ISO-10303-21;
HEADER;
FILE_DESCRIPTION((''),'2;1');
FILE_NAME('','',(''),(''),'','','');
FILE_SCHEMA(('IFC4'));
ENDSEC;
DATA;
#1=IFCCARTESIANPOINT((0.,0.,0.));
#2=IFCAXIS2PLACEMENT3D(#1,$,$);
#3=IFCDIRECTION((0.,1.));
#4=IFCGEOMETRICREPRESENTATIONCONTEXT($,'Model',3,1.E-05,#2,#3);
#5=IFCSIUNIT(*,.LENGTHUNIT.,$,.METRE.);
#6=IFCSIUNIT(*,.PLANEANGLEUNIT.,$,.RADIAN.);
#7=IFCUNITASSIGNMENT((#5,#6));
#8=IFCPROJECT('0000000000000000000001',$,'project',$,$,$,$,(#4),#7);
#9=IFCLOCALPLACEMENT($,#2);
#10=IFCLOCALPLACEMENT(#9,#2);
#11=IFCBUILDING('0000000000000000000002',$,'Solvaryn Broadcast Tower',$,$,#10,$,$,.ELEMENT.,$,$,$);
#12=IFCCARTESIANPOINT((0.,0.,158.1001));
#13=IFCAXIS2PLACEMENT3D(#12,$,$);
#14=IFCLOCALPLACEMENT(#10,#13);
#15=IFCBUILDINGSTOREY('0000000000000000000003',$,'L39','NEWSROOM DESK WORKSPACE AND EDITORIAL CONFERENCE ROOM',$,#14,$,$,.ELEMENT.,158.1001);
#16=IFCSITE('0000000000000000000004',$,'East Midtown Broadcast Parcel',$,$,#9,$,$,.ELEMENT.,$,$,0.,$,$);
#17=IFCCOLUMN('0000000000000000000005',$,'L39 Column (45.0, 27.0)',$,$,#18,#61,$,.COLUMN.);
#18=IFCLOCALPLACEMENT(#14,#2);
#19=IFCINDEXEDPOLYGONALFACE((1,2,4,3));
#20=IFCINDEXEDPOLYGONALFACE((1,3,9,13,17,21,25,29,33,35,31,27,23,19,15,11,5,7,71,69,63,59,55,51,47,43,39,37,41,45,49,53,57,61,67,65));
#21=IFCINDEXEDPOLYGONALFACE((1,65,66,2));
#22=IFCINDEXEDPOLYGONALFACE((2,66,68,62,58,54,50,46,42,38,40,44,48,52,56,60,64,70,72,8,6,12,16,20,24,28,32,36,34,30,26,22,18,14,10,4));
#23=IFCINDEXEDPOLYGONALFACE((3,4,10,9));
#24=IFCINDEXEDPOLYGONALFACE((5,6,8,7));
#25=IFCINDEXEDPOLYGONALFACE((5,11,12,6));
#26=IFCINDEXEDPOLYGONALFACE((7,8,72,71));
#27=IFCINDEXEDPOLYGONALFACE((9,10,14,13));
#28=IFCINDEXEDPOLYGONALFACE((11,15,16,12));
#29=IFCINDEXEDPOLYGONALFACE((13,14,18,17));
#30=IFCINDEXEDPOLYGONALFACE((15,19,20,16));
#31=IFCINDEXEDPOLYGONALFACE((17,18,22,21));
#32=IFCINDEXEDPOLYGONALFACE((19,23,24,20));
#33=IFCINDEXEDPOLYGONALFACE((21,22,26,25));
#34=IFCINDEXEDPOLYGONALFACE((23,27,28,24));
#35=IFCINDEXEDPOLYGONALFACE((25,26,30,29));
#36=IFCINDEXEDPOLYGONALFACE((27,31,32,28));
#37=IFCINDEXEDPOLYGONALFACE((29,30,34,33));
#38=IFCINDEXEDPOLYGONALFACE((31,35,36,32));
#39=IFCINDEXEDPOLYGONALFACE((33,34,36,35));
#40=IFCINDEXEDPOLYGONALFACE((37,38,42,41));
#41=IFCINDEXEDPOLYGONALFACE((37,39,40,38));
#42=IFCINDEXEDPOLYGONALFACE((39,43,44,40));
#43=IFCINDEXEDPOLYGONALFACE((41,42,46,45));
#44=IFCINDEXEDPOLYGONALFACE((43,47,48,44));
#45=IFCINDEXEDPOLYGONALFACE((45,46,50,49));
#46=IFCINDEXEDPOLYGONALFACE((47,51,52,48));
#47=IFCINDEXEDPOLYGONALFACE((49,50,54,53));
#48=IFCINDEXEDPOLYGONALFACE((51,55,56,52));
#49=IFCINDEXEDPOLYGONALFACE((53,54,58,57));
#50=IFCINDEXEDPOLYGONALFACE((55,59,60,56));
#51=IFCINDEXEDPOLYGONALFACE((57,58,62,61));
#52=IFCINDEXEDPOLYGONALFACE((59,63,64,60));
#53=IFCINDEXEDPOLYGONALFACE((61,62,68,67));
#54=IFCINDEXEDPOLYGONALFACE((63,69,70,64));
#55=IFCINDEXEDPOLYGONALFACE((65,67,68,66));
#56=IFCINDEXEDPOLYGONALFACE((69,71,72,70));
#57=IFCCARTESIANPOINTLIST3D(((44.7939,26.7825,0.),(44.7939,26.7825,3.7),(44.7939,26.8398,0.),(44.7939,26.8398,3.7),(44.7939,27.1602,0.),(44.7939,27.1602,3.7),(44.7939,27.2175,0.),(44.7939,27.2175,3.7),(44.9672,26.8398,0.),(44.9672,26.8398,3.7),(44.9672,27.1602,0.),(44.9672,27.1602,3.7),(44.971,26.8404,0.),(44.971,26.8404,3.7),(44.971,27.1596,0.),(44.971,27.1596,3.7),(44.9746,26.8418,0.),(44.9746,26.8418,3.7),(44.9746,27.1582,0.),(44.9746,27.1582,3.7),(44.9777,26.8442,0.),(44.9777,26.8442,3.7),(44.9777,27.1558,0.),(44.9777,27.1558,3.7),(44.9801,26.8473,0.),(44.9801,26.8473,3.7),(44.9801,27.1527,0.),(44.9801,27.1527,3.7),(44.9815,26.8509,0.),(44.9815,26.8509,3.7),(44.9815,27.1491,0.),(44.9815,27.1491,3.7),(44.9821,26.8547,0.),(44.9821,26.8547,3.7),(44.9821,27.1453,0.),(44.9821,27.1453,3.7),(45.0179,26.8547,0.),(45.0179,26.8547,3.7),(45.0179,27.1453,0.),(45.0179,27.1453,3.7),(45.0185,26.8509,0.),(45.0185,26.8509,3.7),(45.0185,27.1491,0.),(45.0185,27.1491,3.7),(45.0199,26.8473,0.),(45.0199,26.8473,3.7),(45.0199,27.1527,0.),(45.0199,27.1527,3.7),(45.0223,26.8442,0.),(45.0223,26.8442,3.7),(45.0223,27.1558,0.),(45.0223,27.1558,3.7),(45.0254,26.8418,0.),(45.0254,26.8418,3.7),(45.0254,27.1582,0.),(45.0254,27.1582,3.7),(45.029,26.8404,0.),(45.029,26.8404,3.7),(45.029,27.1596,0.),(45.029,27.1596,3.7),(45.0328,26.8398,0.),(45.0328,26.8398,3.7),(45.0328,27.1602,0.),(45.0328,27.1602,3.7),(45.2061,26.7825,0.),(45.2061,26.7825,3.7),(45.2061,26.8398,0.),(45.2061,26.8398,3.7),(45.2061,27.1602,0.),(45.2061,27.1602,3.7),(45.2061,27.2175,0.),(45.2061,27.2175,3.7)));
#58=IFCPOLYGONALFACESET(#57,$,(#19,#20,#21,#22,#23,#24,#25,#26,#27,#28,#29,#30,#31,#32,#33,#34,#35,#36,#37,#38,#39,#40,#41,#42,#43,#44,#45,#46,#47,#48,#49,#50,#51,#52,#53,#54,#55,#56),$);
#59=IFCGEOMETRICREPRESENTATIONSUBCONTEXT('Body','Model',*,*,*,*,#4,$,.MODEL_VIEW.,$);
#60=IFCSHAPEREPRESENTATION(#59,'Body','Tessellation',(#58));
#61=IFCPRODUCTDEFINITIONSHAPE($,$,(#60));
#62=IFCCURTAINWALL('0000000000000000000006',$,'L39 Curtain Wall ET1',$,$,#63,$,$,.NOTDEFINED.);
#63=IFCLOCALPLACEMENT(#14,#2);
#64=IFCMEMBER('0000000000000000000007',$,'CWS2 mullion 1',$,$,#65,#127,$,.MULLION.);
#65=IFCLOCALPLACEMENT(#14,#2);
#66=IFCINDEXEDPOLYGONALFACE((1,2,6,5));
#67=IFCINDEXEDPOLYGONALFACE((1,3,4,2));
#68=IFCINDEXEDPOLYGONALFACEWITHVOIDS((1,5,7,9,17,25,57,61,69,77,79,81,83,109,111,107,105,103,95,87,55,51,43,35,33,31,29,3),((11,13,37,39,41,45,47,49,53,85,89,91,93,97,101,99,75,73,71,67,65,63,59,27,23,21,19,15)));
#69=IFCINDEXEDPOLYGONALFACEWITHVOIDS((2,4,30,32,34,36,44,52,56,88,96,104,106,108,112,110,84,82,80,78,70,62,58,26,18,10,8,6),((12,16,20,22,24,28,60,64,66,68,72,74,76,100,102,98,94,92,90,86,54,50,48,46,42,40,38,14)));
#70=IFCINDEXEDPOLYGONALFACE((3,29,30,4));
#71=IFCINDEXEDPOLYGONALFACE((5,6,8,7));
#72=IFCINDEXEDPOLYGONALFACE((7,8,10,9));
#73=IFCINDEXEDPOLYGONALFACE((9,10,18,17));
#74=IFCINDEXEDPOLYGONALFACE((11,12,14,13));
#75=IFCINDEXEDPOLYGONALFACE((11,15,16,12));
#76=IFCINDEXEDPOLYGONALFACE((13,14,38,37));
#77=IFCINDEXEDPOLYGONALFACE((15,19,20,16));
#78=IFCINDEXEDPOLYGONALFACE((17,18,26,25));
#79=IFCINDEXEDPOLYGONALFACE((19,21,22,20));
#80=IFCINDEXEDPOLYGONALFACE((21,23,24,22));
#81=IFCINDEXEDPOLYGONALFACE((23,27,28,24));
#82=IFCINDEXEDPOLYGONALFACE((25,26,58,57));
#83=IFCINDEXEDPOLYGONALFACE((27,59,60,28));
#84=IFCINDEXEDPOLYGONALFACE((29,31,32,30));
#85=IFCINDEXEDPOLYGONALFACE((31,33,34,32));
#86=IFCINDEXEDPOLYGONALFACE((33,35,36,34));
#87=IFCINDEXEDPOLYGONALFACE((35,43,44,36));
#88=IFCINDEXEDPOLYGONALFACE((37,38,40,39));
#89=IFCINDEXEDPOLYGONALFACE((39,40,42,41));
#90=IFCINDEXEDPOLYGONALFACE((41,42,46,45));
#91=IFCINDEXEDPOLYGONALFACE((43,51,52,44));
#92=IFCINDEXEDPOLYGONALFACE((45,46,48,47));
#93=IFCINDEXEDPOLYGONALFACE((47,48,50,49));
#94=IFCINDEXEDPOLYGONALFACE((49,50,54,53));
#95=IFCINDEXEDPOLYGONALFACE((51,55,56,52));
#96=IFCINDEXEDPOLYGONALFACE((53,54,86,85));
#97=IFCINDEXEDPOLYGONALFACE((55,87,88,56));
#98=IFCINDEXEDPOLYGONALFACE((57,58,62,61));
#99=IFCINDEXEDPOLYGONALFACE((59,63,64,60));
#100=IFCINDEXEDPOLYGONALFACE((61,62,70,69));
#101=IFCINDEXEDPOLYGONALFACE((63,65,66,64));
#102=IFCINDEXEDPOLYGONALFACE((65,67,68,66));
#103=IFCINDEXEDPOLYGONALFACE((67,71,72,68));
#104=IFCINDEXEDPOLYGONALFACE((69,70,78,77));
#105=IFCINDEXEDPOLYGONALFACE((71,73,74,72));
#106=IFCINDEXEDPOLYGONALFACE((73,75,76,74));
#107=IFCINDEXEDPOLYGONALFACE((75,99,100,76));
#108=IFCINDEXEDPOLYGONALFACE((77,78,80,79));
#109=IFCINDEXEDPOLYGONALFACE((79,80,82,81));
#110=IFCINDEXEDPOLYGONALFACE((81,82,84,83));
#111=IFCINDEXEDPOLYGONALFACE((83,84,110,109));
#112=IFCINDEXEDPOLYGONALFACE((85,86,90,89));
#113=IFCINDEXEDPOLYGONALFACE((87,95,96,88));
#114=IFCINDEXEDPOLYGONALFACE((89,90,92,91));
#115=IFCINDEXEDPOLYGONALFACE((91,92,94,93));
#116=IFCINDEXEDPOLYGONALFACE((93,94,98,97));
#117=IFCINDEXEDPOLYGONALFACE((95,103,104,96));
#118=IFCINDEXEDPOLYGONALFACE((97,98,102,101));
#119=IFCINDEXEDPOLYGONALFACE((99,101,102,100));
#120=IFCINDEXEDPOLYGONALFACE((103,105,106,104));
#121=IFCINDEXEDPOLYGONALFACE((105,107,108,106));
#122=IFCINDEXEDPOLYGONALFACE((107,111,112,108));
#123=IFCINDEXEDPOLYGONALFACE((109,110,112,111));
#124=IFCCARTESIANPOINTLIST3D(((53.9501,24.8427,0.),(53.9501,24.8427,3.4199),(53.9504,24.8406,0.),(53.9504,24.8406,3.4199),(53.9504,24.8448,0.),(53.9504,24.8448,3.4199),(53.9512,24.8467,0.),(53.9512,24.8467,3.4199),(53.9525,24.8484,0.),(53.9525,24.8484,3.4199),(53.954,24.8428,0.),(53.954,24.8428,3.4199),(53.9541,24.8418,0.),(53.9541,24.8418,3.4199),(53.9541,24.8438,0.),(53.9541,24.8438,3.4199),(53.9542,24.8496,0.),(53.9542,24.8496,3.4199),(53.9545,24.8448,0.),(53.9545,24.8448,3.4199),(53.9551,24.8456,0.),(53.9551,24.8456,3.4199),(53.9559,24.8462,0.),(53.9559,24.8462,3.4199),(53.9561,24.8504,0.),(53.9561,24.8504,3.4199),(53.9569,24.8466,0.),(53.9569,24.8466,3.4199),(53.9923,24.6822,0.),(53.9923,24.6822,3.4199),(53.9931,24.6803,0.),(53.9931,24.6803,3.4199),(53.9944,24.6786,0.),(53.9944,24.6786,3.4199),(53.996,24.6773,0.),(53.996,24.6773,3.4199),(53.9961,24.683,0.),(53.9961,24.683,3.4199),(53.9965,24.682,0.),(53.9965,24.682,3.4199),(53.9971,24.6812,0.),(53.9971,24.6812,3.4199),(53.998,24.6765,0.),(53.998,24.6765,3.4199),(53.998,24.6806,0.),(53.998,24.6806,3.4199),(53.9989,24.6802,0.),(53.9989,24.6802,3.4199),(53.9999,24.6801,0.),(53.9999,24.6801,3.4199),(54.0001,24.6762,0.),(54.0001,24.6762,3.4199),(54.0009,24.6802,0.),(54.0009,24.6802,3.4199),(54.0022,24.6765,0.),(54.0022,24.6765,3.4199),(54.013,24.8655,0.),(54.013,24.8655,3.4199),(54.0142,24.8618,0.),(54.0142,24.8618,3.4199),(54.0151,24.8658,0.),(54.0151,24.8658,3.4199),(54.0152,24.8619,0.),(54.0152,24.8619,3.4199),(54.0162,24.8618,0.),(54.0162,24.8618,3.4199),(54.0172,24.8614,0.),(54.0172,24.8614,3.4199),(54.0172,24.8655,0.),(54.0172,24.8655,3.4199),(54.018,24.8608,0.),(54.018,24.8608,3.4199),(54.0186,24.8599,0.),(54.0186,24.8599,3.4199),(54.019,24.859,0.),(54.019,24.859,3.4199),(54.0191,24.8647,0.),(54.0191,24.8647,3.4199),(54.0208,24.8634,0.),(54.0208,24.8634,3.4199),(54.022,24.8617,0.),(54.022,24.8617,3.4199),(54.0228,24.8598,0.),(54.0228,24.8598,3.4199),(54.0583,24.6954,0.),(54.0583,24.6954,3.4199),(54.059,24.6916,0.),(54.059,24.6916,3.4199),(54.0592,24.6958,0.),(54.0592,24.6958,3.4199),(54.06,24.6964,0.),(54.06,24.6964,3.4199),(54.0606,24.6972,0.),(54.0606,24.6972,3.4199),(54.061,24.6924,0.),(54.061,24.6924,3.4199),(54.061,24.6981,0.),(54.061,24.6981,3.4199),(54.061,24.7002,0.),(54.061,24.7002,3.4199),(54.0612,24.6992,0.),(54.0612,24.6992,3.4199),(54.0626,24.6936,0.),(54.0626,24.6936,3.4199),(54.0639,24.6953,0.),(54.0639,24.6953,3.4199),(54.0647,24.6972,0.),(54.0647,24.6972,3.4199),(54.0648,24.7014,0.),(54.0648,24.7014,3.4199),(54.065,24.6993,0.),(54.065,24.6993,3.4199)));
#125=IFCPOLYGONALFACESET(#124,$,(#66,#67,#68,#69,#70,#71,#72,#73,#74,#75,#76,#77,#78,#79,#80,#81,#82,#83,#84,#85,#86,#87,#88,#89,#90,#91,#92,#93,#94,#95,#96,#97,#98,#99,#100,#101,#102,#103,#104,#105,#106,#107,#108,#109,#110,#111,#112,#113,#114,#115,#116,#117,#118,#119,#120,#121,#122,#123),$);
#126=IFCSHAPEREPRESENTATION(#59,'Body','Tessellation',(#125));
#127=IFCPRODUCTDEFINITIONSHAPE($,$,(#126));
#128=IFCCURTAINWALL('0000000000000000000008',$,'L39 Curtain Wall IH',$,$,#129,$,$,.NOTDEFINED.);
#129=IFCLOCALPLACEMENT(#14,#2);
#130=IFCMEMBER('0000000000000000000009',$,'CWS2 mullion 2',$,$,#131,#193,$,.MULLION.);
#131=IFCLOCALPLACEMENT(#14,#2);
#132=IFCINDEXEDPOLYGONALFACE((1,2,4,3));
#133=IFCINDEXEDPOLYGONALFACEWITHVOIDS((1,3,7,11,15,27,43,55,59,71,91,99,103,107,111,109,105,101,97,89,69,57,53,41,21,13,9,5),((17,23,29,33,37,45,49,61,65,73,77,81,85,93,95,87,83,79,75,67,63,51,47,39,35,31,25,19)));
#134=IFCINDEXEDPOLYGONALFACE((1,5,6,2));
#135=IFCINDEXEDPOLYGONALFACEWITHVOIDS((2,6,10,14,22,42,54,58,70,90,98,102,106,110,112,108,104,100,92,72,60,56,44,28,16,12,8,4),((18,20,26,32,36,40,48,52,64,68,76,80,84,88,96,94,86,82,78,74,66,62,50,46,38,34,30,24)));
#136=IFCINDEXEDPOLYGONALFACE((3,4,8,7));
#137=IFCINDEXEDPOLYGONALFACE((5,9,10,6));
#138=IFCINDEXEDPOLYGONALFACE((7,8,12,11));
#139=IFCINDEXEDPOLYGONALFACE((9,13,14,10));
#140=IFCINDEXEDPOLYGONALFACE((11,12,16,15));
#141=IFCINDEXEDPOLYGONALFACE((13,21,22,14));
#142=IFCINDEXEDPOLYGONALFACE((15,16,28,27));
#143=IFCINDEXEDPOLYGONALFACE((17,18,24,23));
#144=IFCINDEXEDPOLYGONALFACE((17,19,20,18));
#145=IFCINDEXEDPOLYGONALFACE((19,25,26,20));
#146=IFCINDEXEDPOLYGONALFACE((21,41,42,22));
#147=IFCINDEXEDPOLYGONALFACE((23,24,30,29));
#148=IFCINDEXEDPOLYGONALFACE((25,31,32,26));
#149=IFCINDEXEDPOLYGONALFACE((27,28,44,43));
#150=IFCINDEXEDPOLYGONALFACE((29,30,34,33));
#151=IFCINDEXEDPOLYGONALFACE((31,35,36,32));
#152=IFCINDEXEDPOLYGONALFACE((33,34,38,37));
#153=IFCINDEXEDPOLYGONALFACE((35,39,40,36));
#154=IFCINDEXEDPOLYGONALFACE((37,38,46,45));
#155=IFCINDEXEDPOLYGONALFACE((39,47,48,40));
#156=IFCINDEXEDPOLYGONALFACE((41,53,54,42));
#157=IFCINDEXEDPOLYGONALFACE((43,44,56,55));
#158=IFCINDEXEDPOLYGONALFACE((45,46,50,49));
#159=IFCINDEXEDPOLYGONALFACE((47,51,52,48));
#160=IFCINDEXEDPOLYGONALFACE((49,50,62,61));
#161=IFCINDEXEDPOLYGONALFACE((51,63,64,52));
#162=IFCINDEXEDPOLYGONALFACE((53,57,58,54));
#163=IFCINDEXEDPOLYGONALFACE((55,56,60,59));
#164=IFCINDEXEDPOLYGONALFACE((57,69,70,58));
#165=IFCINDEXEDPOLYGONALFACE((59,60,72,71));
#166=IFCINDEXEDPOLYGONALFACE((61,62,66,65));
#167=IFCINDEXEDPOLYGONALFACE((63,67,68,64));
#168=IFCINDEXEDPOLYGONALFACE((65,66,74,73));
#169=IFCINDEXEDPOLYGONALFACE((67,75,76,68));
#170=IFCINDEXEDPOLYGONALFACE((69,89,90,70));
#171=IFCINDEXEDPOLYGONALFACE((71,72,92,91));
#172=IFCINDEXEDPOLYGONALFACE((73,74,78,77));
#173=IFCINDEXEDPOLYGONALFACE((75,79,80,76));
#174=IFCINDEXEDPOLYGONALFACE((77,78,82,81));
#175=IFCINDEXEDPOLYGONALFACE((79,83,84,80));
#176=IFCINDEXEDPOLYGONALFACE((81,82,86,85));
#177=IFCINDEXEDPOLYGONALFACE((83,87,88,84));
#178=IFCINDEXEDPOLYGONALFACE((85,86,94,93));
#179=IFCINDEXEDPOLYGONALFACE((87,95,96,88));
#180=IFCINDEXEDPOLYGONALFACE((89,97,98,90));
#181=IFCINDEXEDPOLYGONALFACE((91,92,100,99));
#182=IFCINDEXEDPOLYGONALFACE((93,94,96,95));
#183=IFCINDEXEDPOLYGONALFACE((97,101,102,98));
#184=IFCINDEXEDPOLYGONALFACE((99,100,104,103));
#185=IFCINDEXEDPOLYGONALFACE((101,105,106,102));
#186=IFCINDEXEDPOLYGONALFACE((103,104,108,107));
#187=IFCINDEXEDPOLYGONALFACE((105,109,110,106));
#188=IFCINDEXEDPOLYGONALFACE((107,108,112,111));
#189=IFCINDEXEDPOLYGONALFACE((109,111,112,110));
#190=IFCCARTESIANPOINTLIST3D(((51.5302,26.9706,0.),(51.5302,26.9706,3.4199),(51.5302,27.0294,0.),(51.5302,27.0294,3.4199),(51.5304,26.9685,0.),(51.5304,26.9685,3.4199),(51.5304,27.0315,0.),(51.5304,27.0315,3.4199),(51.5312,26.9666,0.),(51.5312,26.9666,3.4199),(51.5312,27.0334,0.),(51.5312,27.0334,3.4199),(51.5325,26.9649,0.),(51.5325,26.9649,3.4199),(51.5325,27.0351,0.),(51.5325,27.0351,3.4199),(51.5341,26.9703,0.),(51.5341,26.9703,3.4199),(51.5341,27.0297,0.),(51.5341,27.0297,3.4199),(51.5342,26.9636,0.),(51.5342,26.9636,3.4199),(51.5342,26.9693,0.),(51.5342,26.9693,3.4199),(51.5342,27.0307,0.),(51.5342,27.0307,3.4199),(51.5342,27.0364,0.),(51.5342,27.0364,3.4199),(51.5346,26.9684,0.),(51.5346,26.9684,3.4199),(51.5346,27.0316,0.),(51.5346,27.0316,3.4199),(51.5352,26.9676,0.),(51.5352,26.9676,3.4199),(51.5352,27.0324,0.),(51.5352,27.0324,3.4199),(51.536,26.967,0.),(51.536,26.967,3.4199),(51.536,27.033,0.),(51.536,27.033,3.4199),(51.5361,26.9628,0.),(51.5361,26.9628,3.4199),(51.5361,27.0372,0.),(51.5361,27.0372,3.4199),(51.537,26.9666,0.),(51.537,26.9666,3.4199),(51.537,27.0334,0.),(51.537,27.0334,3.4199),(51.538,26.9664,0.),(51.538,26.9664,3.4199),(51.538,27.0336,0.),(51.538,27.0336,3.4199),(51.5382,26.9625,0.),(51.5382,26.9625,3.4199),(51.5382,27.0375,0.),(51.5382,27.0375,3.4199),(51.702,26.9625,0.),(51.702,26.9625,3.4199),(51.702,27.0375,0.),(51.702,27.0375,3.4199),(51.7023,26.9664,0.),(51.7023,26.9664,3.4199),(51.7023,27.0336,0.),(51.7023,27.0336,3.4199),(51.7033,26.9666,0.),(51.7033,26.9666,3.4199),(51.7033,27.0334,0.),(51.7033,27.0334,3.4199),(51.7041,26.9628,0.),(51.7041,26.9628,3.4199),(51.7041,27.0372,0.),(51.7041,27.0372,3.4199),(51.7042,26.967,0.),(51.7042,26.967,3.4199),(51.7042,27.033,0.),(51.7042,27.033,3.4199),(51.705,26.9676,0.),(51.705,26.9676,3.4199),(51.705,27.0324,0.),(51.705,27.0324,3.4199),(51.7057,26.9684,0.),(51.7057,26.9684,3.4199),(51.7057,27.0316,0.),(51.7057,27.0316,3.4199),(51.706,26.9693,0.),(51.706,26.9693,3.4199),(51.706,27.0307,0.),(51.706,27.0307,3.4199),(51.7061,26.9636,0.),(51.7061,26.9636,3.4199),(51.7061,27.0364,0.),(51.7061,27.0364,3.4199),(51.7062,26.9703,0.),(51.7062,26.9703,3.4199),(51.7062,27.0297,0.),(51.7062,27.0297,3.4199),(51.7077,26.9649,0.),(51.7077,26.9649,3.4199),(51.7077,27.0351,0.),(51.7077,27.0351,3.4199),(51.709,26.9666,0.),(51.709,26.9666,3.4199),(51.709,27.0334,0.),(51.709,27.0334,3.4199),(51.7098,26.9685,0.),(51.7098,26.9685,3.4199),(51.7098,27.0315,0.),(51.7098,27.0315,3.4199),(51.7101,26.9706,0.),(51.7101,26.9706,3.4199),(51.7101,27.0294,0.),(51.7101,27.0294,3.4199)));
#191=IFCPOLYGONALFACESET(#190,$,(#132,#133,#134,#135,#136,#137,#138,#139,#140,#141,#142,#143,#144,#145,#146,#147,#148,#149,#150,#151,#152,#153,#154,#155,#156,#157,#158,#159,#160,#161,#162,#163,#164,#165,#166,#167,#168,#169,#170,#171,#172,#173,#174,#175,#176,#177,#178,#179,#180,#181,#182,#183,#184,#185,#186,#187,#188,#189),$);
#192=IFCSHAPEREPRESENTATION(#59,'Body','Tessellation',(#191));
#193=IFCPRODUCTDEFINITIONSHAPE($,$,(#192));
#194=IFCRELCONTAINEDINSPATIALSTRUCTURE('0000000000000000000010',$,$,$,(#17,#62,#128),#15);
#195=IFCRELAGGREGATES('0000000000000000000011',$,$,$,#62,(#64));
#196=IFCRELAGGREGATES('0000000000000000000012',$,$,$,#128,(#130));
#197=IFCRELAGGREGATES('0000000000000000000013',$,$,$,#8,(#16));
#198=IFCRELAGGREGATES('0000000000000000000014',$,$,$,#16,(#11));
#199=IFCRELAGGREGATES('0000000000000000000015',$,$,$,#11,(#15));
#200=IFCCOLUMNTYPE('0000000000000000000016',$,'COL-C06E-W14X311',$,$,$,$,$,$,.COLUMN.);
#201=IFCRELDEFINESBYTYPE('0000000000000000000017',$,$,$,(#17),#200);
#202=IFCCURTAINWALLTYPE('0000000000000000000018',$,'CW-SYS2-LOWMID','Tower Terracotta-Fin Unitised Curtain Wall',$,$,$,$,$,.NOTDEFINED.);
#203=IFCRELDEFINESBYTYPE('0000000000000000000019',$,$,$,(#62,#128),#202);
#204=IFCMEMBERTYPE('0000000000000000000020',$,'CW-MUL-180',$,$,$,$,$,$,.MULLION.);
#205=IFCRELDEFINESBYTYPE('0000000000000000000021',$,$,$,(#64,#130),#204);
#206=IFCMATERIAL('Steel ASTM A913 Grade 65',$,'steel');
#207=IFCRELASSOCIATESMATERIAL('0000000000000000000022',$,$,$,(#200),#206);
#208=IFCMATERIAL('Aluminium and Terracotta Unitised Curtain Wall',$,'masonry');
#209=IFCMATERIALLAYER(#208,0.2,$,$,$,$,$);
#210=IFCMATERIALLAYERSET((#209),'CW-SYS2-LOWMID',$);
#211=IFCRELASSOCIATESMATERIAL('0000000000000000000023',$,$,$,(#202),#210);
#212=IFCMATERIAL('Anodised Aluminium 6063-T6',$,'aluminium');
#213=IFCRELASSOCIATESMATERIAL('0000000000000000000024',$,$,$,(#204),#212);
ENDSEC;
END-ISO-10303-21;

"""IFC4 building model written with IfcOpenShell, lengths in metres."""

from ifc_helpers import new_model, si_unit, direction, frame, origin, origin_2d, place, context, subcontext, project, spatial, hollow_rectangle, i_section, extrude, material, layer, layer_set, material_profile, profile_set, type_object, element, aggregate, save


model = new_model("IFC4")

# Units and contexts
model_context = context("Model", 3, precision=1e-05, world=origin(), true_north=direction((0.0, 1.0)))
body_context = subcontext(model_context, "Body", "Model", "MODEL_VIEW")
ifc_project = project(units=[si_unit("LENGTHUNIT", "METRE"), si_unit("PLANEANGLEUNIT", "RADIAN")], contexts=[model_context])

# Site, building, storey
site_placement = place(None, origin())
site = spatial("IfcSite", under=ifc_project, at=site_placement, Name="East Midtown Broadcast Parcel", CompositionType="ELEMENT", RefElevation=0.0)
building_placement = place(site_placement, origin())
building = spatial("IfcBuilding", under=site, at=building_placement, Name="Solvaryn Broadcast Tower", CompositionType="ELEMENT")
storey_placement = place(building_placement, frame((0.0, 0.0, 158.1001)))
storey = spatial("IfcBuildingStorey", under=building, at=storey_placement, Name="L39", Description="NEWSROOM DESK WORKSPACE AND EDITORIAL CONFERENCE ROOM", CompositionType="ELEMENT", Elevation=158.1001)

# Column
ifc_material_1 = material(Name="Steel ASTM A913 Grade 65", Category="steel")
ifc_material_profile_1 = material_profile(ifc_material_1, i_section(OverallWidth=0.4121, OverallDepth=0.4351, WebThickness=0.0359, FlangeThickness=0.0574, FilletRadius=0.0149, at=origin_2d()))
ifc_profile_set_1 = profile_set([ifc_material_profile_1], Name="Steel ASTM A913 Grade 65")
column_type = type_object("IfcColumnType", Name="COL-C06E-W14X311", PredefinedType="COLUMN", material=ifc_profile_set_1)
column_placement = place(storey_placement, frame((45.0, 27.0, 0.0), z_axis=(0.0, 0.0, 1.0), x_axis=(1.0, 0.0, 0.0)))
element("IfcColumn", 1, at=column_placement, inside=storey, type_object=column_type, Name="L39 Column (45.0, 27.0)", PredefinedType="COLUMN", context=body_context, shape_type="SweptSolid", body=[
    extrude(i_section(OverallWidth=0.4121, OverallDepth=0.4351, WebThickness=0.0359, FlangeThickness=0.0574, FilletRadius=0.0149, at=origin_2d()), origin(), (0.0, 0.0, 1.0), 3.7),
])

# Curtain walls, members
ifc_material_2 = material(Name="Aluminium and Terracotta Unitised Curtain Wall", Category="masonry")
ifc_layer_1 = layer(ifc_material_2, 0.2)
ifc_layer_set_1 = layer_set([ifc_layer_1], Name="CW-SYS2-LOWMID")
curtain_wall_type = type_object("IfcCurtainWallType", Name="CW-SYS2-LOWMID", Description="Tower Terracotta-Fin Unitised Curtain Wall", PredefinedType="NOTDEFINED", material=ifc_layer_set_1)
curtain_wall_1_placement = place(storey_placement, origin())
curtain_wall_1 = element("IfcCurtainWall", 2, at=curtain_wall_1_placement, inside=storey, type_object=curtain_wall_type, Name="L39 Curtain Wall ET1", PredefinedType="NOTDEFINED")
ifc_material_3 = material(Name="Anodised Aluminium 6063-T6", Category="aluminium")
ifc_material_profile_2 = material_profile(ifc_material_3, hollow_rectangle(XDim=0.075, YDim=0.1799, WallThickness=0.0039, InnerFilletRadius=0.0039, OuterFilletRadius=0.0081, at=origin_2d()))
ifc_profile_set_2 = profile_set([ifc_material_profile_2], Name="Anodised Aluminium 6063-T6")
member_type_1 = type_object("IfcMemberType", Name="CW-MUL-180", PredefinedType="MULLION", material=ifc_profile_set_2)
member_1_placement = place(storey_placement, frame((54.0076, 24.771, 0.0), z_axis=(0.0, 0.0, 1.0), x_axis=(0.966705, 0.255893, 0.0)))
member_1 = element("IfcMember", 3, at=member_1_placement, type_object=member_type_1, Name="CWS2 mullion 1", PredefinedType="MULLION", context=body_context, shape_type="SweptSolid", body=[
    extrude(hollow_rectangle(XDim=0.075, YDim=0.1799, WallThickness=0.0039, InnerFilletRadius=0.0039, OuterFilletRadius=0.0081, at=origin_2d()), origin(), (0.0, 0.0, 1.0), 3.4199),
])
curtain_wall_2_placement = place(storey_placement, origin())
curtain_wall_2 = element("IfcCurtainWall", 4, at=curtain_wall_2_placement, inside=storey, type_object=curtain_wall_type, Name="L39 Curtain Wall IH", PredefinedType="NOTDEFINED")
member_2_placement = place(storey_placement, frame((51.6201, 27.0, 0.0), z_axis=(0.0, 0.0, 1.0), x_axis=(0.0, 1.0, 0.0)))
member_2 = element("IfcMember", 5, at=member_2_placement, type_object=member_type_1, Name="CWS2 mullion 2", PredefinedType="MULLION", context=body_context, shape_type="SweptSolid", body=[
    extrude(hollow_rectangle(XDim=0.075, YDim=0.1799, WallThickness=0.0039, InnerFilletRadius=0.0039, OuterFilletRadius=0.0081, at=origin_2d()), origin(), (0.0, 0.0, 1.0), 3.4199),
])

aggregate(curtain_wall_1, [member_1])
aggregate(curtain_wall_2, [member_2])

save(model, "model.ifc")
